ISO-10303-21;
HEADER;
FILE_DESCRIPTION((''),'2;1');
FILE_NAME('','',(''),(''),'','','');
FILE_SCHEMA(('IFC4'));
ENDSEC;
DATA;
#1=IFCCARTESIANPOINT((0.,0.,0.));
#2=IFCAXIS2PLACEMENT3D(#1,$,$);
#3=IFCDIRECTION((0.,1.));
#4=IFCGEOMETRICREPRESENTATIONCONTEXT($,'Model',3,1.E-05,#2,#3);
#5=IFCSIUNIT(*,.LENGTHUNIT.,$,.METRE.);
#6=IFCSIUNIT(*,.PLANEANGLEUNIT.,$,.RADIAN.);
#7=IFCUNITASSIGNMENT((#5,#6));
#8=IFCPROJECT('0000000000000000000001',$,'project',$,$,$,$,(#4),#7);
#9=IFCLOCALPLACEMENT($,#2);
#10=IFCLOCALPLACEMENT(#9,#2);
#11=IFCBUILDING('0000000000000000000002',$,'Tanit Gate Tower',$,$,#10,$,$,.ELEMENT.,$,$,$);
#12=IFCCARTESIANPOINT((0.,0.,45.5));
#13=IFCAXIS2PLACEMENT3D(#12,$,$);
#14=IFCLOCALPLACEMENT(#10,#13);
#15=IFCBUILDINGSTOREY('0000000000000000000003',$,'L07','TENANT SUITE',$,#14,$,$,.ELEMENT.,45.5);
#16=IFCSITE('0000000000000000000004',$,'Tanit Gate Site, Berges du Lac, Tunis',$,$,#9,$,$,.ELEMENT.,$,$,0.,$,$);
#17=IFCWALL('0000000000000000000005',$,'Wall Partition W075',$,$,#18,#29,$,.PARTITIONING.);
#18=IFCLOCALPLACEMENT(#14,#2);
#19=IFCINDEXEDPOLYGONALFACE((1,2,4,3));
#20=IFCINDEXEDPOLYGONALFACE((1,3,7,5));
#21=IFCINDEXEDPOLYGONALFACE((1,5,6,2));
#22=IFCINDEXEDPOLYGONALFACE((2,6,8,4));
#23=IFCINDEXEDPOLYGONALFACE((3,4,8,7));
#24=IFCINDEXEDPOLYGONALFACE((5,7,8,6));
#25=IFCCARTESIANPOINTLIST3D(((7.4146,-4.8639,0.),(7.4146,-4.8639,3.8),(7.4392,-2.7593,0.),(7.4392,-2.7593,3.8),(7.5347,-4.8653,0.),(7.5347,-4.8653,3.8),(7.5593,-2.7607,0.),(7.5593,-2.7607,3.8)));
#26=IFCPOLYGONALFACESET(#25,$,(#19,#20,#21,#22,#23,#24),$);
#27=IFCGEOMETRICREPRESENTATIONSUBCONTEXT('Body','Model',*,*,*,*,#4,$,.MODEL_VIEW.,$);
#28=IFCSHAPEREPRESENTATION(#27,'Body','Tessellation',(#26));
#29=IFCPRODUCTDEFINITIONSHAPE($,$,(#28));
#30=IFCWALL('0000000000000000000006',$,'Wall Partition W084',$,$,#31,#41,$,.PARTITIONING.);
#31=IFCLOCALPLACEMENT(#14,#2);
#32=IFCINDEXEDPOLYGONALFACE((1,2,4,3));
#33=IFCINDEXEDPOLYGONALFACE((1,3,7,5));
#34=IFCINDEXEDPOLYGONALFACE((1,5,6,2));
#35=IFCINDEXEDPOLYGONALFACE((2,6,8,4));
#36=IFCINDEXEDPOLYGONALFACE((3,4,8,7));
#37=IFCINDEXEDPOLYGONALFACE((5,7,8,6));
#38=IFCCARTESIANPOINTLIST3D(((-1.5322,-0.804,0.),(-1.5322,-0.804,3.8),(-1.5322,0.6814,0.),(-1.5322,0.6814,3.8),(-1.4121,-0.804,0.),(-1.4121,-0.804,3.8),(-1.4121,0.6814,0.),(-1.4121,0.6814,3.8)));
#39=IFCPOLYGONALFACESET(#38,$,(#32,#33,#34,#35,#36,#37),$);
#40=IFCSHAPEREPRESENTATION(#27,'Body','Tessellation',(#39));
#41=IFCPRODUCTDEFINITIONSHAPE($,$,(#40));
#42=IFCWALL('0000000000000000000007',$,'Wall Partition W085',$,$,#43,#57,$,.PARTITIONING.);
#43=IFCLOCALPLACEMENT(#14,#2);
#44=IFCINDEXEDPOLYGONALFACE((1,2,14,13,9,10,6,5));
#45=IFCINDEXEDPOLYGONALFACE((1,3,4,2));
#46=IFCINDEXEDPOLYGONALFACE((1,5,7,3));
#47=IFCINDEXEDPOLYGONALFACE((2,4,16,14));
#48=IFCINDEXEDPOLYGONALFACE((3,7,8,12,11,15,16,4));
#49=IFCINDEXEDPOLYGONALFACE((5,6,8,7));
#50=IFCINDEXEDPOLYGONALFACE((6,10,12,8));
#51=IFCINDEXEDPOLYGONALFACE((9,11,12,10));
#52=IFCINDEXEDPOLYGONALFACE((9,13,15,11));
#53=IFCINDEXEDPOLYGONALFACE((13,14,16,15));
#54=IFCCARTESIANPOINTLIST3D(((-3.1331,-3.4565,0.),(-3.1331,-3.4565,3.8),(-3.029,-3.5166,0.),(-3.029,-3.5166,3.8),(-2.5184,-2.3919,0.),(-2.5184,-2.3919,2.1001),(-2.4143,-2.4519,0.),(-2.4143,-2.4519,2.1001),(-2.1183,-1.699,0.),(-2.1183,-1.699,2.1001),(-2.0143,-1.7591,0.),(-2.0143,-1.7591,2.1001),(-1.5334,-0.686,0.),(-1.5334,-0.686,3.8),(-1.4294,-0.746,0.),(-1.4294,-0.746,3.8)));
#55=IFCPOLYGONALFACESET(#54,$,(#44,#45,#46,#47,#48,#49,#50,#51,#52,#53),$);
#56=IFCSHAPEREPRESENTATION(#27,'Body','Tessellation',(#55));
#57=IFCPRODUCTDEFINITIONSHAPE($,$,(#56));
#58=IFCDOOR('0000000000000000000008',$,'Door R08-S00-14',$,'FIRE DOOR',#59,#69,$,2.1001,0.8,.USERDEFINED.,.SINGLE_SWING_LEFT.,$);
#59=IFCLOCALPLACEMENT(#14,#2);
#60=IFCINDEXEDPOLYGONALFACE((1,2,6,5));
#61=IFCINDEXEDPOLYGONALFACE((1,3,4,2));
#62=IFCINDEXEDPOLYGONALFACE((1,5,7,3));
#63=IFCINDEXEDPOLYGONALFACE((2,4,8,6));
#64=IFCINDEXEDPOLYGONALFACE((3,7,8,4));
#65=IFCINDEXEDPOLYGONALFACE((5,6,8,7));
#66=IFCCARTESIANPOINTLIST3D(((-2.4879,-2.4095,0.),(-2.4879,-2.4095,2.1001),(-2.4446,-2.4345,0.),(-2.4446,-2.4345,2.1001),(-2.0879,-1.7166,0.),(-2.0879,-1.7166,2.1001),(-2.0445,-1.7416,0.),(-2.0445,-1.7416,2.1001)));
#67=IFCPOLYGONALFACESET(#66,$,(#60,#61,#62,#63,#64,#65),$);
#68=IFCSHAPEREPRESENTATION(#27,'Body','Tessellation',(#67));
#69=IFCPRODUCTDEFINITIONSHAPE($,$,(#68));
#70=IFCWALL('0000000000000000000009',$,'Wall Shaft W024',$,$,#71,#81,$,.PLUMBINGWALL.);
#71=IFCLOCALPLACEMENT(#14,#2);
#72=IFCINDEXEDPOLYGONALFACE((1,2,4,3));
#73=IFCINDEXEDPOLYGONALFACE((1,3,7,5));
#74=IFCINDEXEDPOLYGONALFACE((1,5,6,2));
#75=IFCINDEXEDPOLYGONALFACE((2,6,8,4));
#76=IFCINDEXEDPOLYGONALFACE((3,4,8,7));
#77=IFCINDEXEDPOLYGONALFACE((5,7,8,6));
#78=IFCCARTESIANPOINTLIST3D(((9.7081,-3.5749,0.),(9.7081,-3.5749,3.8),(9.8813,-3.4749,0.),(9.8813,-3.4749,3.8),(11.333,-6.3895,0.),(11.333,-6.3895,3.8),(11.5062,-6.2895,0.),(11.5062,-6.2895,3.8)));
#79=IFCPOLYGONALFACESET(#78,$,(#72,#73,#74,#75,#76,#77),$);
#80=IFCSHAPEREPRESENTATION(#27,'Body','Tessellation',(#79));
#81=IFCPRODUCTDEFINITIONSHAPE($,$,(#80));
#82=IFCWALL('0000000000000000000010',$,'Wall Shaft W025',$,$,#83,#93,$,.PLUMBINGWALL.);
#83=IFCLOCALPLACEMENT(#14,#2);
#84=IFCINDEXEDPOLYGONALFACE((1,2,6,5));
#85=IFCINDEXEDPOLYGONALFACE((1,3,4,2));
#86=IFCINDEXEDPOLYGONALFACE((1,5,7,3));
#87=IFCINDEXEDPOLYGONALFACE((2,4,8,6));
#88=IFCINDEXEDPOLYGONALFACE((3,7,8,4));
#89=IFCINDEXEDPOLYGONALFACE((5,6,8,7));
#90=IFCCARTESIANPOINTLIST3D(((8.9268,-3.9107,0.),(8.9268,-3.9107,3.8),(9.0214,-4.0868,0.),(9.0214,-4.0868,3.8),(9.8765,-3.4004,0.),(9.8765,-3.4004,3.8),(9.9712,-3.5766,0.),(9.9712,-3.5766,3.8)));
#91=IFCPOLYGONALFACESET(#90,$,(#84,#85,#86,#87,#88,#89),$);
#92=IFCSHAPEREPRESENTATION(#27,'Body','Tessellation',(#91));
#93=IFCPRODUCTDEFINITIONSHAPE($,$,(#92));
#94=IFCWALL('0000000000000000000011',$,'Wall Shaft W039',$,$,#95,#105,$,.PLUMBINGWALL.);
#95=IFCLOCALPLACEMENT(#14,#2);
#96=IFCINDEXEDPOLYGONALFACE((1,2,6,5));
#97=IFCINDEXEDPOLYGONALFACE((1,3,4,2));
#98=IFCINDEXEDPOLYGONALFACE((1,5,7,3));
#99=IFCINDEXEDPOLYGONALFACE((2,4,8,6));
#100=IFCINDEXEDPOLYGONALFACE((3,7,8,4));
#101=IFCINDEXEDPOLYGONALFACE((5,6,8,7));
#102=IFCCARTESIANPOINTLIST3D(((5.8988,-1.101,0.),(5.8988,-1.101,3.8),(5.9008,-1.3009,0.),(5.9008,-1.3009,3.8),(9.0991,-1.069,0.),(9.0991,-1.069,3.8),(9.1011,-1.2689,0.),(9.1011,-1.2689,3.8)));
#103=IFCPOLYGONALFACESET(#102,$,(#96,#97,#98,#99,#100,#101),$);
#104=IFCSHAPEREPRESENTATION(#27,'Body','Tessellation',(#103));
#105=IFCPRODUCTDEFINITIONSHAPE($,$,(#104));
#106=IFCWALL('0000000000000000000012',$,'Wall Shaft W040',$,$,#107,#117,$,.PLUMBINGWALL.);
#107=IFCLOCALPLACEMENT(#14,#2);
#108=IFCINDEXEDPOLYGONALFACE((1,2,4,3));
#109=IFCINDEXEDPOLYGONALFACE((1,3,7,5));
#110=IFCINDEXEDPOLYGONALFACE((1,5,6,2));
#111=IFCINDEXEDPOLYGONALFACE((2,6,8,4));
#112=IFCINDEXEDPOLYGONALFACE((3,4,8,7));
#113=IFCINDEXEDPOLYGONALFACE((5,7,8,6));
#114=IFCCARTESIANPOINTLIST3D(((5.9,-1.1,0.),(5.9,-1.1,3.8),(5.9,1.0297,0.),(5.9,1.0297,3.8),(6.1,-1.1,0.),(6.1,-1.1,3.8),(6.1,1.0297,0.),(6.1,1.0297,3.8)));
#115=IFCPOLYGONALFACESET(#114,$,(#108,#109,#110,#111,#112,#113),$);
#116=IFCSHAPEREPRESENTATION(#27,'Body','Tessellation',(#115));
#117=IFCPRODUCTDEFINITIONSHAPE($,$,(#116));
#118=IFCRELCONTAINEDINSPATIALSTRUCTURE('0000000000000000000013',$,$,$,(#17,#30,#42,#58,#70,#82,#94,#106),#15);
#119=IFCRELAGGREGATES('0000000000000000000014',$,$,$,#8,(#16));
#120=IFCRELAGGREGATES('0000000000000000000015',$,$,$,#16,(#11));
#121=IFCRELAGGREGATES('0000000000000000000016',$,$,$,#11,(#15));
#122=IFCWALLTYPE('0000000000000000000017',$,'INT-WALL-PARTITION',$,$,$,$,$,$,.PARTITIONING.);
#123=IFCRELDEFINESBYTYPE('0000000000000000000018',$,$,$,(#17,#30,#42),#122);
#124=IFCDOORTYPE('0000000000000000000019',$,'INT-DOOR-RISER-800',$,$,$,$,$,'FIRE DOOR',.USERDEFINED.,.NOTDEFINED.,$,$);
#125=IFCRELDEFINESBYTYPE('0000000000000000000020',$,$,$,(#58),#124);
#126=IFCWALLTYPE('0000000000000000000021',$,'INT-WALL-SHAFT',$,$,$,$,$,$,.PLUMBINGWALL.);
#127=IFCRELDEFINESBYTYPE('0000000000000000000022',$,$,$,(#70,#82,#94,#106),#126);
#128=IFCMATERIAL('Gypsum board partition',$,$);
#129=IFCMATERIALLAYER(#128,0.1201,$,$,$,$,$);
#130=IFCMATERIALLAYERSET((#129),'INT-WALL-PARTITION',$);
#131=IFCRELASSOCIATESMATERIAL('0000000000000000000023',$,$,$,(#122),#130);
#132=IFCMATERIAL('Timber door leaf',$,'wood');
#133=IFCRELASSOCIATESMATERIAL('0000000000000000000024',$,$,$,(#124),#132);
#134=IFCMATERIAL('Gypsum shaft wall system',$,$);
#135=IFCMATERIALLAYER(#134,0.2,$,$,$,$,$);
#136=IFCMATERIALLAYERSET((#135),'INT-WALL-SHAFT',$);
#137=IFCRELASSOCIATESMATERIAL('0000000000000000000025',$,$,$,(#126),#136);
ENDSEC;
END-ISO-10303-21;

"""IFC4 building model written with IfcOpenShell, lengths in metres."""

from ifc_helpers import new_model, si_unit, direction, frame, frame_2d, origin, place, context, subcontext, project, spatial, rectangle, extrude, material, layer, layer_set, type_object, element, fill, save


model = new_model("IFC4")

# Units and contexts
model_context = context("Model", 3, precision=1e-05, world=origin(), true_north=direction((0.0, 1.0)))
body_context = subcontext(model_context, "Body", "Model", "MODEL_VIEW")
ifc_project = project(units=[si_unit("LENGTHUNIT", "METRE"), si_unit("PLANEANGLEUNIT", "RADIAN")], contexts=[model_context])

# Site, building, storey
site_placement = place(None, origin())
site = spatial("IfcSite", under=ifc_project, at=site_placement, Name="Tanit Gate Site, Berges du Lac, Tunis", CompositionType="ELEMENT", RefElevation=0.0)
building_placement = place(site_placement, origin())
building = spatial("IfcBuilding", under=site, at=building_placement, Name="Tanit Gate Tower", CompositionType="ELEMENT")
storey_placement = place(building_placement, frame((0.0, 0.0, 45.5)))
storey = spatial("IfcBuildingStorey", under=building, at=storey_placement, Name="L07", Description="TENANT SUITE", CompositionType="ELEMENT", Elevation=45.5)

# Shared definitions
ifc_material_1 = material(Name="Gypsum board partition")
ifc_layer_1 = layer(ifc_material_1, 0.1201)
ifc_layer_set_1 = layer_set([ifc_layer_1], Name="INT-WALL-PARTITION")
wall_type_1 = type_object("IfcWallType", Name="INT-WALL-PARTITION", PredefinedType="PARTITIONING", material=ifc_layer_set_1)

# Shared definitions
ifc_material_2 = material(Name="Timber door leaf", Category="wood")
door_type_1 = type_object("IfcDoorType", Name="INT-DOOR-RISER-800", ElementType="FIRE DOOR", OperationType="NOTDEFINED", PredefinedType="USERDEFINED", material=ifc_material_2)

# Walls
wall_1_placement = place(storey_placement, frame((7.4746, -4.8645, 0.0), z_axis=(0.0, 0.0, 1.0), x_axis=(0.011716, 0.999931, 0.0)))
element("IfcWall", 1, at=wall_1_placement, inside=storey, type_object=wall_type_1, Name="Wall Partition W075", PredefinedType="PARTITIONING", context=body_context, shape_type="SweptSolid", body=[
    extrude(rectangle(XDim=2.1047, YDim=0.1201, at=frame_2d((1.0522, 0.0))), origin(), (0.0, 0.0, 1.0), 3.8),
])
wall_2_placement = place(storey_placement, frame((-1.4722, -0.804, 0.0), z_axis=(0.0, 0.0, 1.0), x_axis=(0.0, 1.0, 0.0)))
element("IfcWall", 2, at=wall_2_placement, inside=storey, type_object=wall_type_1, Name="Wall Partition W084", PredefinedType="PARTITIONING", context=body_context, shape_type="SweptSolid", body=[
    extrude(rectangle(XDim=1.4854, YDim=0.1201, at=frame_2d((0.7427, 0.0))), origin(), (0.0, 0.0, 1.0), 3.8),
])

# Wall, opening, door
wall_3_placement = place(storey_placement, frame((-3.0811, -3.4866, 0.0), z_axis=(0.0, 0.0, 1.0), x_axis=(0.500013, 0.866018, 0.0)))
wall_3 = element("IfcWall", 3, at=wall_3_placement, inside=storey, type_object=wall_type_1, Name="Wall Partition W085", PredefinedType="PARTITIONING", context=body_context, shape_type="SweptSolid", body=[
    extrude(rectangle(XDim=3.1992, YDim=0.1201, at=frame_2d((1.5996, 0.0))), origin(), (0.0, 0.0, 1.0), 3.8),
])
opening_1_placement = place(wall_3_placement, frame((1.2295, 0.0, 0.0)))
opening_1 = element("IfcOpeningElement", 4, at=opening_1_placement, cuts=wall_3, PredefinedType="OPENING", context=body_context, shape_type="SweptSolid", body=[
    extrude(rectangle(XDim=0.8, YDim=2.1001, at=frame_2d((0.3999, 1.05))), frame((0.0, 0.0701, 0.0), z_axis=(0.0, -1.0, 0.0), x_axis=(1.0, 0.0, 0.0)), (0.0, 0.0, 1.0), 0.1401),
])
door_1_placement = place(opening_1_placement, origin())
door_1 = element("IfcDoor", 5, at=door_1_placement, inside=storey, type_object=door_type_1, Name="Door R08-S00-14", ObjectType="FIRE DOOR", OperationType="SINGLE_SWING_LEFT", OverallHeight=2.1001, OverallWidth=0.8, PredefinedType="USERDEFINED", context=body_context, shape_type="SweptSolid", body=[
    extrude(rectangle(XDim=0.8, YDim=2.1001, at=frame_2d((0.3999, 1.05))), frame((0.0, 0.0249, 0.0), z_axis=(0.0, -1.0, 0.0), x_axis=(1.0, 0.0, 0.0)), (0.0, 0.0, 1.0), 0.05),
])
fill(opening_1, door_1)

# Walls
ifc_material_3 = material(Name="Gypsum shaft wall system")
ifc_layer_2 = layer(ifc_material_3, 0.2)
ifc_layer_set_2 = layer_set([ifc_layer_2], Name="INT-WALL-SHAFT")
wall_type_2 = type_object("IfcWallType", Name="INT-WALL-SHAFT", PredefinedType="PLUMBINGWALL", material=ifc_layer_set_2)
wall_4_placement = place(storey_placement, frame((9.7947, -3.5249, 0.0), z_axis=(0.0, 0.0, 1.0), x_axis=(0.499985, -0.866034, 0.0)))
element("IfcWall", 6, at=wall_4_placement, inside=storey, type_object=wall_type_2, Name="Wall Shaft W024", PredefinedType="PLUMBINGWALL", context=body_context, shape_type="SweptSolid", body=[
    extrude(rectangle(XDim=3.25, YDim=0.2, at=frame_2d((1.625, 0.0))), origin(), (0.0, 0.0, 1.0), 3.8),
])
wall_5_placement = place(storey_placement, frame((8.9741, -3.9988, 0.0), z_axis=(0.0, 0.0, 1.0), x_axis=(0.880907, 0.473289, 0.0)))
element("IfcWall", 7, at=wall_5_placement, inside=storey, type_object=wall_type_2, Name="Wall Shaft W025", PredefinedType="PLUMBINGWALL", context=body_context, shape_type="SweptSolid", body=[
    extrude(rectangle(XDim=1.0781, YDim=0.2, at=frame_2d((0.5391, 0.0))), origin(), (0.0, 0.0, 1.0), 3.8),
])
wall_6_placement = place(storey_placement, frame((5.8999, -1.2009, 0.0), z_axis=(0.0, 0.0, 1.0), x_axis=(0.99995, 0.009993, 0.0)))
element("IfcWall", 8, at=wall_6_placement, inside=storey, type_object=wall_type_2, Name="Wall Shaft W039", PredefinedType="PLUMBINGWALL", context=body_context, shape_type="SweptSolid", body=[
    extrude(rectangle(XDim=3.2004, YDim=0.2, at=frame_2d((1.6001, 0.0))), origin(), (0.0, 0.0, 1.0), 3.8),
])
wall_7_placement = place(storey_placement, frame((6.0, -1.1001, 0.0), z_axis=(0.0, 0.0, 1.0), x_axis=(0.0, 1.0, 0.0)))
element("IfcWall", 9, at=wall_7_placement, inside=storey, type_object=wall_type_2, Name="Wall Shaft W040", PredefinedType="PLUMBINGWALL", context=body_context, shape_type="SweptSolid", body=[
    extrude(rectangle(XDim=2.1296, YDim=0.2, at=frame_2d((1.0649, 0.0))), origin(), (0.0, 0.0, 1.0), 3.8),
])

save(model, "model.ifc")
